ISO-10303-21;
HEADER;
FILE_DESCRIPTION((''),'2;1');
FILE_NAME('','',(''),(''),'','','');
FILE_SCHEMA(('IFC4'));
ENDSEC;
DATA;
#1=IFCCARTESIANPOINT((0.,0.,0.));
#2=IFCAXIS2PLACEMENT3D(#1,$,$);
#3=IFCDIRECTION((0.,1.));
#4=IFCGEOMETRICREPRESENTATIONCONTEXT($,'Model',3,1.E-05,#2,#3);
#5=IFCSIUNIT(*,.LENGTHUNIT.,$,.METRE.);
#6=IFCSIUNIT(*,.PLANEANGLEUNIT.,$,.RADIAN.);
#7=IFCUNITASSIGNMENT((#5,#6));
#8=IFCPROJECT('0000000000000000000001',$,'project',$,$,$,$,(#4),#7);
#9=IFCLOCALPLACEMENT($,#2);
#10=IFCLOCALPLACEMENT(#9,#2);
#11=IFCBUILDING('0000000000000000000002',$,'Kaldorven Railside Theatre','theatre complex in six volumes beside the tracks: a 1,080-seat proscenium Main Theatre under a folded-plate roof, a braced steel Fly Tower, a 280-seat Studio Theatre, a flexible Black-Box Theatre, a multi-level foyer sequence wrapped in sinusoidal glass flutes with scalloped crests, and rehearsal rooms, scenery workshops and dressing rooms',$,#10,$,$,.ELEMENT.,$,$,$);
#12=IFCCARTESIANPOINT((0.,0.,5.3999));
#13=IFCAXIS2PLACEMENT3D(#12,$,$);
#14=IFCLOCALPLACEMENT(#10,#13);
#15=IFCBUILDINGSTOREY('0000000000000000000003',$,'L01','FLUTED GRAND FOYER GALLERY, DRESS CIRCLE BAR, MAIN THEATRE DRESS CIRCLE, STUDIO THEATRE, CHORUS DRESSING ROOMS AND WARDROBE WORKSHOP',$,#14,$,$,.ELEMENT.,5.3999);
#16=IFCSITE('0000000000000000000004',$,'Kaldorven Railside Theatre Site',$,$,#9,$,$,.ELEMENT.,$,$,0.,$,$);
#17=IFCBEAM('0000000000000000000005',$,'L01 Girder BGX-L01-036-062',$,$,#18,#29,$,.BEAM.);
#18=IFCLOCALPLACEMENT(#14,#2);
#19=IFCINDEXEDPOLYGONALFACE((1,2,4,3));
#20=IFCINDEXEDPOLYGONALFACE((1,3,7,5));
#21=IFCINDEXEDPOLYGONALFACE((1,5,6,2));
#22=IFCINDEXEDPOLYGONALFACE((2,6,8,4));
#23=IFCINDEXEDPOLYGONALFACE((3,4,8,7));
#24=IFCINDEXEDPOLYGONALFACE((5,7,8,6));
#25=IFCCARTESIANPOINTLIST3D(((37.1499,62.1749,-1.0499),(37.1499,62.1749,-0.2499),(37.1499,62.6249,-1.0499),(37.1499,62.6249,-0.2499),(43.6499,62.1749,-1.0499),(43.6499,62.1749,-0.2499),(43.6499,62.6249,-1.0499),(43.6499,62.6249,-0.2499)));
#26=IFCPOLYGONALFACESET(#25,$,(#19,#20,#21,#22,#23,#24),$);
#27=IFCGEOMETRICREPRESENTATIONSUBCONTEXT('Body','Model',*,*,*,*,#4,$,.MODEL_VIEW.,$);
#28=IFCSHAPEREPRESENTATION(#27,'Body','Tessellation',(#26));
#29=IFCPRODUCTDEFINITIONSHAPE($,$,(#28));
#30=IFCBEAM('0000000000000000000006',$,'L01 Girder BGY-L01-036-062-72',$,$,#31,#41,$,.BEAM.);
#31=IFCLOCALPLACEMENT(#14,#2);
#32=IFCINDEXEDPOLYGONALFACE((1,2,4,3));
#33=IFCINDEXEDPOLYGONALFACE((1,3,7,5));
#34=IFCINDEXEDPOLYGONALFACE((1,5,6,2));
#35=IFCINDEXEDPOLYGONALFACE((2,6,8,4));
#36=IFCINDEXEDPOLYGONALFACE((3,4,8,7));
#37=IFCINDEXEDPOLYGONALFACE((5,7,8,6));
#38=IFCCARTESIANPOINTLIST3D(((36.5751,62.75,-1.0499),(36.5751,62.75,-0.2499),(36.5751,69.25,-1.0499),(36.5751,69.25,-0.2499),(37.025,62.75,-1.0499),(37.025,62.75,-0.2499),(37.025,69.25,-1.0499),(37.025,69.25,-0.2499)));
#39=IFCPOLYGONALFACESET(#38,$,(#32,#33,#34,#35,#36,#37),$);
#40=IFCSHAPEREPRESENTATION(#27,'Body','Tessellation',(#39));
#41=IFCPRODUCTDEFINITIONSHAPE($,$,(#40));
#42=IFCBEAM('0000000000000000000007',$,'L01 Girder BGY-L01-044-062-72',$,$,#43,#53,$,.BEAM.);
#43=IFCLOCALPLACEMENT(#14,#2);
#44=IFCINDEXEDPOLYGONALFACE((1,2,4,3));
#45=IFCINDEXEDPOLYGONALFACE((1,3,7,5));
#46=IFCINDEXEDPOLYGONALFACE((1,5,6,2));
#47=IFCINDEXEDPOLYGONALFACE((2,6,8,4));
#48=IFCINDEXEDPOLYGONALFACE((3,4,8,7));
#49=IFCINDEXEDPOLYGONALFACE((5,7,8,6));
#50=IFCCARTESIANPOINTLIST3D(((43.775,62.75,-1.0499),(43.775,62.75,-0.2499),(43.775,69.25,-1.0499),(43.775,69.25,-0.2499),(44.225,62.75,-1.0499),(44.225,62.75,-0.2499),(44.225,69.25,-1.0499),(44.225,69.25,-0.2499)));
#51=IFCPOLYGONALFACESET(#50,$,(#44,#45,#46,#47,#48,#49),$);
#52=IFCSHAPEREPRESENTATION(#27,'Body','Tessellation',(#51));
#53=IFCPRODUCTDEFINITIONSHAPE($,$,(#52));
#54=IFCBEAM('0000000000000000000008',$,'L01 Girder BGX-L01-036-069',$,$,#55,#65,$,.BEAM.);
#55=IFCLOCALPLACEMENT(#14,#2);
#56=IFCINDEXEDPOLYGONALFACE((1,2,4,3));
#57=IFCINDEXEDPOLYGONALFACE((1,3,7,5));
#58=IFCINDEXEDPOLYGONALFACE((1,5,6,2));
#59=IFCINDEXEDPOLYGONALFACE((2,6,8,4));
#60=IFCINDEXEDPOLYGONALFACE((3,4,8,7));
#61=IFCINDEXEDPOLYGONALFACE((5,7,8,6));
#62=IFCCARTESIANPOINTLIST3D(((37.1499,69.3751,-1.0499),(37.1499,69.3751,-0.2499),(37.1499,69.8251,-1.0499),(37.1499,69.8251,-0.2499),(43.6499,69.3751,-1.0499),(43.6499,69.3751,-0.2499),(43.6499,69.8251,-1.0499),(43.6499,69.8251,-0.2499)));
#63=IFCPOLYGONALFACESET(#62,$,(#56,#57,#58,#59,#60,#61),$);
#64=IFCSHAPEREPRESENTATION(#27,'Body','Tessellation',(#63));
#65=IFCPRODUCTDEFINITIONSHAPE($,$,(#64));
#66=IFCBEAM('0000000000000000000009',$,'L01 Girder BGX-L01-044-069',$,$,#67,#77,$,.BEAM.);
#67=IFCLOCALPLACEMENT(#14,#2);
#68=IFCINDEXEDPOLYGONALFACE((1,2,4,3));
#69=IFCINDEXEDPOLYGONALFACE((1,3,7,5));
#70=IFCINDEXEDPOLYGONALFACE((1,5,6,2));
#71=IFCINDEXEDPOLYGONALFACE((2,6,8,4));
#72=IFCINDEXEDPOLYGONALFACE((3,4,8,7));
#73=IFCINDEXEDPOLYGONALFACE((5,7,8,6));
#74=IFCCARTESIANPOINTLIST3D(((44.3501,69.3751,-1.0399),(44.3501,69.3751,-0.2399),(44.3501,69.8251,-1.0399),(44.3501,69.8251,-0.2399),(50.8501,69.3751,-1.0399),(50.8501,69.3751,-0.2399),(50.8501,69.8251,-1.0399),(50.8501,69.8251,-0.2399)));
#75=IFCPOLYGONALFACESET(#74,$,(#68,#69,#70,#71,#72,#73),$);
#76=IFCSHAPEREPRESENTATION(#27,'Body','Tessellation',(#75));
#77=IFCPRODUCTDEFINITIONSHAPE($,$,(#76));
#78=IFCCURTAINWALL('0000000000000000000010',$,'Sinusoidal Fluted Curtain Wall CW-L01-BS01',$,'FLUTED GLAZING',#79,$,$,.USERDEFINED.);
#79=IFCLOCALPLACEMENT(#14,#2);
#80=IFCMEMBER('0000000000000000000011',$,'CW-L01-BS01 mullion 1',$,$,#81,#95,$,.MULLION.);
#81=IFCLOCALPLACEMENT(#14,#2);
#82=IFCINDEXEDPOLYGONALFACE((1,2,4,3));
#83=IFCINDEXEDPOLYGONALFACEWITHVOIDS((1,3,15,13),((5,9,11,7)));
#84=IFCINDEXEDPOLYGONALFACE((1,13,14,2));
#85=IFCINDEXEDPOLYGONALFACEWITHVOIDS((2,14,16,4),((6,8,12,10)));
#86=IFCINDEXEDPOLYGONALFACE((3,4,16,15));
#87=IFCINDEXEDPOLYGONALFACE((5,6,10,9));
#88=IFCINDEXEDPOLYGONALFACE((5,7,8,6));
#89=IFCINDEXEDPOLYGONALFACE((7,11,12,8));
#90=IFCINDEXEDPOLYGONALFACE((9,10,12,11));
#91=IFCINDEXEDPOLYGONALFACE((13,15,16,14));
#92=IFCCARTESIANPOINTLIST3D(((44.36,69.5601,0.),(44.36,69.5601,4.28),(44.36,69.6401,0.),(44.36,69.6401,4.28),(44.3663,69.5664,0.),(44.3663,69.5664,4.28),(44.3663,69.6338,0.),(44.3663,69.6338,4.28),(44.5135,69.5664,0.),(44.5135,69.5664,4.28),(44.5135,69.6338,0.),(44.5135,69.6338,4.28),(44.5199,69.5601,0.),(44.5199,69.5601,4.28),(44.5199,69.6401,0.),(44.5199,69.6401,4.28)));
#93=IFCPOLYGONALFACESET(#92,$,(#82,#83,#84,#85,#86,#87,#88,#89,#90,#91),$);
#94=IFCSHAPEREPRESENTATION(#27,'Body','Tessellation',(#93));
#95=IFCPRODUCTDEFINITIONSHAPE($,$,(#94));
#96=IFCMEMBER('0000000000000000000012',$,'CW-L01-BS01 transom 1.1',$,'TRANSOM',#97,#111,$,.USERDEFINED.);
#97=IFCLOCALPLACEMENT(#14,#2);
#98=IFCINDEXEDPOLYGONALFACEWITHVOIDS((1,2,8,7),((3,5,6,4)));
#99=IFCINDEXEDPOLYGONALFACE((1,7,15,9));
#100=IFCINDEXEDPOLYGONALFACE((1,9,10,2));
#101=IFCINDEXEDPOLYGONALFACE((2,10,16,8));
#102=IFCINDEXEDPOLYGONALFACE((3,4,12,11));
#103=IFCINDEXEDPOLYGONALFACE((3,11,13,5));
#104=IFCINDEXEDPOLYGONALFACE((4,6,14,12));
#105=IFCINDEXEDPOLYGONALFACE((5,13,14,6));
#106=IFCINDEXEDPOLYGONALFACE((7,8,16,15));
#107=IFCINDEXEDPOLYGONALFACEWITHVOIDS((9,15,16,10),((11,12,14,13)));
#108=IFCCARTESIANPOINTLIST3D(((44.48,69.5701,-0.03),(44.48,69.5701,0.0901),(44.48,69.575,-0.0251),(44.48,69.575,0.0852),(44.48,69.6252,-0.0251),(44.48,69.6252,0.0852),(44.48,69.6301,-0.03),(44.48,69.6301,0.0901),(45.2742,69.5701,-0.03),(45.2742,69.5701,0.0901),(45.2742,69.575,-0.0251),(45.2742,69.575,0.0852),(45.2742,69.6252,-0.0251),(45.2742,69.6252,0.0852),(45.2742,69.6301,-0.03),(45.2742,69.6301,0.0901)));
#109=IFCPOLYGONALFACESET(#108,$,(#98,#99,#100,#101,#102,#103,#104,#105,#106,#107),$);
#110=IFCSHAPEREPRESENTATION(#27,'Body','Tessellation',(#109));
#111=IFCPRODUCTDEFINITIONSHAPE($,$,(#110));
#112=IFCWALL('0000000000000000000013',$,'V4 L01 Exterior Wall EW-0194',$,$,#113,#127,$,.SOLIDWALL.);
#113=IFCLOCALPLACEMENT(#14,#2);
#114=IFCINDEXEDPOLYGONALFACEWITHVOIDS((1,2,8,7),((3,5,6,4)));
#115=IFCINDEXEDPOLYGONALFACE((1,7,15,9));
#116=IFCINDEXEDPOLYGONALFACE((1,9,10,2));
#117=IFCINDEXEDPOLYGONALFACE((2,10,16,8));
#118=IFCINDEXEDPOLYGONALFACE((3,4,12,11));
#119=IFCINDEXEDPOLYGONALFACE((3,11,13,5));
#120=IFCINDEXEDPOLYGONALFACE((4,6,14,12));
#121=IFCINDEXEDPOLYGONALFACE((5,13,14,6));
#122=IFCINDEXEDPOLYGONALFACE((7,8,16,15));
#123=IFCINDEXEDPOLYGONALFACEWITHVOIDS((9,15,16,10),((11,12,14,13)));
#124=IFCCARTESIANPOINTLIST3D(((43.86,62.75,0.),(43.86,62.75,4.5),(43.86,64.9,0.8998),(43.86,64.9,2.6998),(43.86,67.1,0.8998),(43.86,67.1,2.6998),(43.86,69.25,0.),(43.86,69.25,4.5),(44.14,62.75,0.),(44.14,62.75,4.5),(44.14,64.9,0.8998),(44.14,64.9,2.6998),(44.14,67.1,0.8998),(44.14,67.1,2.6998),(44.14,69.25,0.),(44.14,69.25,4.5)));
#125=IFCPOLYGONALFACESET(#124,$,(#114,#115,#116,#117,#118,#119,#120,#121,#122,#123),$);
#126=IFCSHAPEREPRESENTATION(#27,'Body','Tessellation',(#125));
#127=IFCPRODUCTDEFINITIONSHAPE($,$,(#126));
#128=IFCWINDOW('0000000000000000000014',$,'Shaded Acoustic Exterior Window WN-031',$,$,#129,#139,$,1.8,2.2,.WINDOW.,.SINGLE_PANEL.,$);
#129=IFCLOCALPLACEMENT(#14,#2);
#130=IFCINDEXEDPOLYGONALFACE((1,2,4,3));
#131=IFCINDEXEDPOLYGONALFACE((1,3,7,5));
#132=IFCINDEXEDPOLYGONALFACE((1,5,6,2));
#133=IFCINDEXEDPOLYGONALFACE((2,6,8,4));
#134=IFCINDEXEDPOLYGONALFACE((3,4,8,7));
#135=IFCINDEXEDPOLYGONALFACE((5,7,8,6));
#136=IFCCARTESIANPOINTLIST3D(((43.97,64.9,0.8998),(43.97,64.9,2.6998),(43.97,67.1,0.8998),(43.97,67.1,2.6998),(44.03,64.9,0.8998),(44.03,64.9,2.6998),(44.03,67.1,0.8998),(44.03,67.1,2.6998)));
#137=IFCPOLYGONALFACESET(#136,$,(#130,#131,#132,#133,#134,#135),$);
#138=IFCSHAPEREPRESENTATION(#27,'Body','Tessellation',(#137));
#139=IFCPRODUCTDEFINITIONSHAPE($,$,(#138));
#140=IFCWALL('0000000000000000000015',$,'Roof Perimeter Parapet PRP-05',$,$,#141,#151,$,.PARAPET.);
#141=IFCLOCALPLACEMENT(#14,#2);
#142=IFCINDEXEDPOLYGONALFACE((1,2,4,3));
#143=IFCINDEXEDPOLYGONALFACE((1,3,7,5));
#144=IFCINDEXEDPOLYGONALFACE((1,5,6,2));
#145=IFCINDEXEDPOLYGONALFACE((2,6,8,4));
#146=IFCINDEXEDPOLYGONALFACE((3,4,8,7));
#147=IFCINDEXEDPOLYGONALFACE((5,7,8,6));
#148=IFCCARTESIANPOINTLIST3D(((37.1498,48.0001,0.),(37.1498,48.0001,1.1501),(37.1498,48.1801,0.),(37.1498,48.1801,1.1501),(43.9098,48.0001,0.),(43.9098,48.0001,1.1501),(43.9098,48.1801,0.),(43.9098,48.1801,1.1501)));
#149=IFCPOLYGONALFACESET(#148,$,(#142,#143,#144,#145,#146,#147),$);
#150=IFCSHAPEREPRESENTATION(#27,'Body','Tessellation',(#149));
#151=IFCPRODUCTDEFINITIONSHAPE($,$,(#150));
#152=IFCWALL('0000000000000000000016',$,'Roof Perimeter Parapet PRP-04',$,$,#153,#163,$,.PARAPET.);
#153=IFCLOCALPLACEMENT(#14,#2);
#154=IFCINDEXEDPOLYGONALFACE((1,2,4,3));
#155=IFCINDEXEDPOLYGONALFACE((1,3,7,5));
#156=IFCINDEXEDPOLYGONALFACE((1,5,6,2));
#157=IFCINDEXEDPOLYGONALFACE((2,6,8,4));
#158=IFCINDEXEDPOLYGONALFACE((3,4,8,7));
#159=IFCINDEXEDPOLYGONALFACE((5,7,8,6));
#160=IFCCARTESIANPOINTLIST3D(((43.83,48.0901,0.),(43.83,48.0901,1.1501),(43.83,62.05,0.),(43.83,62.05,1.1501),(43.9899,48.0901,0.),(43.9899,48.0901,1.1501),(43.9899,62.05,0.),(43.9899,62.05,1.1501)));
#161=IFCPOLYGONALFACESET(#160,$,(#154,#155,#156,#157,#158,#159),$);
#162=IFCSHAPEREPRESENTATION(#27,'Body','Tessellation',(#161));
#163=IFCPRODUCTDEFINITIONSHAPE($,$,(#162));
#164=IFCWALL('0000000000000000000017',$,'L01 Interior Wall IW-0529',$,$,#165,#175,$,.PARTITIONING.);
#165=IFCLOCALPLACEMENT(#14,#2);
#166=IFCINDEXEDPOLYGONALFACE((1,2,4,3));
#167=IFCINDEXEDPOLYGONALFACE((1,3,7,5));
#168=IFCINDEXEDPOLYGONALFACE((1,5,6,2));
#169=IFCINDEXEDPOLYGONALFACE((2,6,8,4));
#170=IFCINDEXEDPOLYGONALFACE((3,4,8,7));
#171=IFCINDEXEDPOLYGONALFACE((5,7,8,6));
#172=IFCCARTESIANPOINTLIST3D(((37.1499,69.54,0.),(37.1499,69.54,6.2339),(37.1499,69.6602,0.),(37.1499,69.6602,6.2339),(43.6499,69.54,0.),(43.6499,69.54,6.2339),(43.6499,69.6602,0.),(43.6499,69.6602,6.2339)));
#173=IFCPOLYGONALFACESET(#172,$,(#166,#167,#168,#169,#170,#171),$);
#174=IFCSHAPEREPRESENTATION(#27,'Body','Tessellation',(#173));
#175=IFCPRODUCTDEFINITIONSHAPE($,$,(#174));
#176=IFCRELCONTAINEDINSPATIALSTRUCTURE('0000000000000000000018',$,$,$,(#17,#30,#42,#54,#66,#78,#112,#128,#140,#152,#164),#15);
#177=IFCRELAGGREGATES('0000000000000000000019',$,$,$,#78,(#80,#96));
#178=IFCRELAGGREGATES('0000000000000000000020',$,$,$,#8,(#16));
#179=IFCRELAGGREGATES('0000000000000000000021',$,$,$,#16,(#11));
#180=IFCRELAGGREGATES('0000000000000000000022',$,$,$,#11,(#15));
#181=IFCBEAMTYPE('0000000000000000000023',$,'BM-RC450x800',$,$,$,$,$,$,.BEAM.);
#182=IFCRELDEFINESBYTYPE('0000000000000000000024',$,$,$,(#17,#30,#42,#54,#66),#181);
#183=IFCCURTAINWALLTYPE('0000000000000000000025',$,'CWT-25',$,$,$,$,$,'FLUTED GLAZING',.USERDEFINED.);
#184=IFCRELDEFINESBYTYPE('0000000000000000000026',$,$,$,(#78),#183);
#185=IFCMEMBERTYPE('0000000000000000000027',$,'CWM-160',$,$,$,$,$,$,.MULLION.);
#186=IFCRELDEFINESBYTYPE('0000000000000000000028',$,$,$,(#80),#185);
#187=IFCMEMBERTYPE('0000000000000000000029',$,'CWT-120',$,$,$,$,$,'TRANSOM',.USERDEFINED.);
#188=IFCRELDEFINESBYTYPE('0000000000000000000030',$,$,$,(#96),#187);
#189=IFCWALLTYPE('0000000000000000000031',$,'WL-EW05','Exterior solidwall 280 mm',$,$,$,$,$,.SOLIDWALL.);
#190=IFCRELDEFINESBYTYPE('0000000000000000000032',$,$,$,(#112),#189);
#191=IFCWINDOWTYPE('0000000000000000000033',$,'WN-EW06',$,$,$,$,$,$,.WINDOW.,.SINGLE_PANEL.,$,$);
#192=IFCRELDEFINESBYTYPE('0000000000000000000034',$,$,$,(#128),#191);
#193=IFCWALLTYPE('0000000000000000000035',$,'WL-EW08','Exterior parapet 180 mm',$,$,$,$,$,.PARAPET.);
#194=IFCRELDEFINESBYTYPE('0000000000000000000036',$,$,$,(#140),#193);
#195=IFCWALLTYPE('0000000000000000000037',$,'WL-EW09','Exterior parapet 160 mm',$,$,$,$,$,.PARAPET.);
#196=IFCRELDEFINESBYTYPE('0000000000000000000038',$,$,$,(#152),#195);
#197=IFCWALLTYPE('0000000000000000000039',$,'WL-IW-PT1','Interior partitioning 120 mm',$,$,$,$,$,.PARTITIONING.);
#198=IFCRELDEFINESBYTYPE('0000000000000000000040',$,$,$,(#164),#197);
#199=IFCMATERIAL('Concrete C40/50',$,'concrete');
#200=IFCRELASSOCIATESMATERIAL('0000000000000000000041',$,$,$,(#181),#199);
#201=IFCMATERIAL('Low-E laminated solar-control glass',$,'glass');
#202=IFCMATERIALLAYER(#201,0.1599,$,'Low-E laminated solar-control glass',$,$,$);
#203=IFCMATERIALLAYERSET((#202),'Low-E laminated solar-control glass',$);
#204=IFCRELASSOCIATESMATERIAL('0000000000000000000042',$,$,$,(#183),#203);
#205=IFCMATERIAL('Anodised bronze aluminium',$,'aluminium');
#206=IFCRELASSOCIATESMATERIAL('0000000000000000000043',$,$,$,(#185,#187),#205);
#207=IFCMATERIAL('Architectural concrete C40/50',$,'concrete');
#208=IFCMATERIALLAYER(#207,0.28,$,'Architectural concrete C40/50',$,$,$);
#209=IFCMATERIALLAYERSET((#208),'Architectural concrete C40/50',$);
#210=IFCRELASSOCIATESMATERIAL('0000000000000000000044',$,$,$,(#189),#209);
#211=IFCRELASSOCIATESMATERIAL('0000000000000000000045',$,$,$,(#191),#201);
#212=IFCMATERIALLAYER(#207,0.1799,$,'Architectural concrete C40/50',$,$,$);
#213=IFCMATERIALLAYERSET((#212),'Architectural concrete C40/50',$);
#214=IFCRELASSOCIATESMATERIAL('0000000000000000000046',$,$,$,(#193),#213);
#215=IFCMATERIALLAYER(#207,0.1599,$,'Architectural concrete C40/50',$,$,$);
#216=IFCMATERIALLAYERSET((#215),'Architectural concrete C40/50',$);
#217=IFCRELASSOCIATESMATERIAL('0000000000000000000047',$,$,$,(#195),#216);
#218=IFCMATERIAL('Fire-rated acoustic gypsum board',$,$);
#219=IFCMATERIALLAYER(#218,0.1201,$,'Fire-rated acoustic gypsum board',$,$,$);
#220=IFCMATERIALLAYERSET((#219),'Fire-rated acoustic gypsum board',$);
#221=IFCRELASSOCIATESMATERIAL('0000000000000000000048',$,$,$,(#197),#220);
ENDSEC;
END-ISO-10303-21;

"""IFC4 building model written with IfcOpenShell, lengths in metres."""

from ifc_helpers import new_model, si_unit, direction, frame, frame_2d, origin, origin_2d, place, context, subcontext, project, spatial, rectangle, hollow_rectangle, extrude, material, layer, layer_set, material_profile, profile_set, type_object, element, fill, aggregate, save


model = new_model("IFC4")

# Units and contexts
model_context = context("Model", 3, precision=1e-05, world=origin(), true_north=direction((0.0, 1.0)))
body_context = subcontext(model_context, "Body", "Model", "MODEL_VIEW")
ifc_project = project(units=[si_unit("LENGTHUNIT", "METRE"), si_unit("PLANEANGLEUNIT", "RADIAN")], contexts=[model_context])

# Site, building, storey
site_placement = place(None, origin())
site = spatial("IfcSite", under=ifc_project, at=site_placement, Name="Kaldorven Railside Theatre Site", CompositionType="ELEMENT", RefElevation=0.0)
building_placement = place(site_placement, origin())
building = spatial("IfcBuilding", under=site, at=building_placement, Name="Kaldorven Railside Theatre", Description="theatre complex in six volumes beside the tracks: a 1,080-seat proscenium Main Theatre under a folded-plate roof, a braced steel Fly Tower, a 280-seat Studio Theatre, a flexible Black-Box Theatre, a multi-level foyer sequence wrapped in sinusoidal glass flutes with scalloped crests, and rehearsal rooms, scenery workshops and dressing rooms", CompositionType="ELEMENT")
storey_placement = place(building_placement, frame((0.0, 0.0, 5.3999)))
storey = spatial("IfcBuildingStorey", under=building, at=storey_placement, Name="L01", Description="FLUTED GRAND FOYER GALLERY, DRESS CIRCLE BAR, MAIN THEATRE DRESS CIRCLE, STUDIO THEATRE, CHORUS DRESSING ROOMS AND WARDROBE WORKSHOP", CompositionType="ELEMENT", Elevation=5.3999)

# Shared definitions
ifc_material_1 = material(Name="Concrete C40/50", Category="concrete")

# Beams
ifc_material_profile_1 = material_profile(ifc_material_1, rectangle(XDim=0.45, YDim=0.8, at=origin_2d()), Name="RC 450x800")
ifc_profile_set_1 = profile_set([ifc_material_profile_1], Name="Concrete C40/50")
beam_type_1 = type_object("IfcBeamType", Name="BM-RC450x800", PredefinedType="BEAM", material=ifc_profile_set_1)
for number, where, z_axis, x_axis, name in (
    (1, (37.1499, 62.3999, -0.6499), (1.0, 0.0, 0.0), (0.0, 1.0, 0.0), "L01 Girder BGX-L01-036-062"),
    (2, (36.8, 62.75, -0.6499), (0.0, 1.0, 0.0), (-1.0, 0.0, 0.0), "L01 Girder BGY-L01-036-062-72"),
    (3, (44.0, 62.75, -0.6499), (0.0, 1.0, 0.0), (-1.0, 0.0, 0.0), "L01 Girder BGY-L01-044-062-72"),
    (4, (37.1499, 69.6001, -0.6499), (1.0, 0.0, 0.0), (0.0, 1.0, 0.0), "L01 Girder BGX-L01-036-069"),
    (5, (44.3501, 69.6001, -0.6399), (1.0, 0.0, 0.0), (0.0, 1.0, 0.0), "L01 Girder BGX-L01-044-069"),
):
    element("IfcBeam", number, at=place(storey_placement, frame(where, z_axis=z_axis, x_axis=x_axis)), inside=storey, type_object=beam_type_1, Name=name, PredefinedType="BEAM", context=body_context, shape_type="SweptSolid", body=[
        extrude(rectangle(XDim=0.45, YDim=0.8, at=origin_2d()), origin(), (0.0, 0.0, 1.0), 6.5),
    ])

# Curtain wall, members
ifc_material_2 = material(Name="Low-E laminated solar-control glass", Category="glass")
ifc_layer_1 = layer(ifc_material_2, 0.1599, Name="Low-E laminated solar-control glass")
ifc_layer_set_1 = layer_set([ifc_layer_1], Name="Low-E laminated solar-control glass")
curtain_wall_type = type_object("IfcCurtainWallType", Name="CWT-25", ElementType="FLUTED GLAZING", PredefinedType="USERDEFINED", material=ifc_layer_set_1)
curtain_wall_placement = place(storey_placement, origin())
curtain_wall = element("IfcCurtainWall", 6, at=curtain_wall_placement, inside=storey, type_object=curtain_wall_type, Name="Sinusoidal Fluted Curtain Wall CW-L01-BS01", ObjectType="FLUTED GLAZING", PredefinedType="USERDEFINED")
ifc_material_3 = material(Name="Anodised bronze aluminium", Category="aluminium")
ifc_material_profile_2 = material_profile(ifc_material_3, hollow_rectangle(XDim=0.0801, YDim=0.1599, WallThickness=0.0063, at=origin_2d()), Name="RHS 160x80x6.3")
ifc_profile_set_2 = profile_set([ifc_material_profile_2], Name="Anodised bronze aluminium")
member_type_1 = type_object("IfcMemberType", Name="CWM-160", PredefinedType="MULLION", material=ifc_profile_set_2)
member_1_placement = place(storey_placement, frame((44.4399, 69.6001, 0.0), z_axis=(0.0, 0.0, 1.0), x_axis=(0.0, 1.0, 0.0)))
member_1 = element("IfcMember", 7, at=member_1_placement, type_object=member_type_1, Name="CW-L01-BS01 mullion 1", PredefinedType="MULLION", context=body_context, shape_type="SweptSolid", body=[
    extrude(hollow_rectangle(XDim=0.0801, YDim=0.1599, WallThickness=0.0063, at=origin_2d()), origin(), (0.0, 0.0, 1.0), 4.28),
])
ifc_material_profile_3 = material_profile(ifc_material_3, hollow_rectangle(XDim=0.0601, YDim=0.1201, WallThickness=0.0049, at=origin_2d()), Name="RHS 120x60x5")
ifc_profile_set_3 = profile_set([ifc_material_profile_3], Name="Anodised bronze aluminium")
member_type_2 = type_object("IfcMemberType", Name="CWT-120", ElementType="TRANSOM", PredefinedType="USERDEFINED", material=ifc_profile_set_3)
member_2_placement = place(storey_placement, frame((44.48, 69.6001, 0.03), z_axis=(1.0, 0.0, 0.0), x_axis=(0.0, 1.0, 0.0)))
member_2 = element("IfcMember", 8, at=member_2_placement, type_object=member_type_2, Name="CW-L01-BS01 transom 1.1", ObjectType="TRANSOM", PredefinedType="USERDEFINED", context=body_context, shape_type="SweptSolid", body=[
    extrude(hollow_rectangle(XDim=0.0601, YDim=0.1201, WallThickness=0.0049, at=origin_2d()), origin(), (0.0, 0.0, 1.0), 0.7942),
])
aggregate(curtain_wall, [member_1, member_2])

# Wall, opening, window
ifc_material_4 = material(Name="Architectural concrete C40/50", Category="concrete")
ifc_layer_2 = layer(ifc_material_4, 0.28, Name="Architectural concrete C40/50")
ifc_layer_set_2 = layer_set([ifc_layer_2], Name="Architectural concrete C40/50")
wall_type_1 = type_object("IfcWallType", Name="WL-EW05", Description="Exterior solidwall 280 mm", PredefinedType="SOLIDWALL", material=ifc_layer_set_2)
wall_1_placement = place(storey_placement, frame((44.0, 69.25, 0.0), z_axis=(0.0, 0.0, 1.0), x_axis=(0.0, -1.0, 0.0)))
wall_1 = element("IfcWall", 9, at=wall_1_placement, inside=storey, type_object=wall_type_1, Name="V4 L01 Exterior Wall EW-0194", PredefinedType="SOLIDWALL", context=body_context, shape_type="SweptSolid", body=[
    extrude(rectangle(XDim=6.5, YDim=0.28, at=frame_2d((3.25, 0.0))), origin(), (0.0, 0.0, 1.0), 4.5),
])
opening_1_placement = place(wall_1_placement, frame((2.1499, 0.0, 0.8999)))
opening_1 = element("IfcOpeningElement", 10, at=opening_1_placement, cuts=wall_1, PredefinedType="OPENING", context=body_context, shape_type="SweptSolid", body=[
    extrude(rectangle(XDim=2.2, YDim=1.8, at=frame_2d((1.1001, 0.8999))), frame((0.0, 0.1499, 0.0), z_axis=(0.0, -1.0, 0.0), x_axis=(1.0, 0.0, 0.0)), (0.0, 0.0, 1.0), 0.3),
])
window_type = type_object("IfcWindowType", Name="WN-EW06", PartitioningType="SINGLE_PANEL", PredefinedType="WINDOW", material=ifc_material_2)
window_placement = place(opening_1_placement, origin())
window = element("IfcWindow", 11, at=window_placement, inside=storey, type_object=window_type, Name="Shaded Acoustic Exterior Window WN-031", OverallHeight=1.8, OverallWidth=2.2, PartitioningType="SINGLE_PANEL", PredefinedType="WINDOW", context=body_context, shape_type="SweptSolid", body=[
    extrude(rectangle(XDim=2.2, YDim=1.8, at=frame_2d((1.1001, 0.8999))), frame((0.0, 0.03, 0.0), z_axis=(0.0, -1.0, 0.0), x_axis=(1.0, 0.0, 0.0)), (0.0, 0.0, 1.0), 0.0601),
])
fill(opening_1, window)

# Walls
ifc_layer_3 = layer(ifc_material_4, 0.1799, Name="Architectural concrete C40/50")
ifc_layer_set_3 = layer_set([ifc_layer_3], Name="Architectural concrete C40/50")
wall_type_2 = type_object("IfcWallType", Name="WL-EW08", Description="Exterior parapet 180 mm", PredefinedType="PARAPET", material=ifc_layer_set_3)
wall_2_placement = place(storey_placement, frame((37.1499, 48.0901, 0.0), z_axis=(0.0, 0.0, 1.0), x_axis=(1.0, 0.0, 0.0)))
element("IfcWall", 12, at=wall_2_placement, inside=storey, type_object=wall_type_2, Name="Roof Perimeter Parapet PRP-05", PredefinedType="PARAPET", context=body_context, shape_type="SweptSolid", body=[
    extrude(rectangle(XDim=6.76, YDim=0.1799, at=frame_2d((3.3799, 0.0))), origin(), (0.0, 0.0, 1.0), 1.1501),
])
ifc_layer_4 = layer(ifc_material_4, 0.1599, Name="Architectural concrete C40/50")
ifc_layer_set_4 = layer_set([ifc_layer_4], Name="Architectural concrete C40/50")
wall_type_3 = type_object("IfcWallType", Name="WL-EW09", Description="Exterior parapet 160 mm", PredefinedType="PARAPET", material=ifc_layer_set_4)
wall_3_placement = place(storey_placement, frame((43.9099, 48.0901, 0.0), z_axis=(0.0, 0.0, 1.0), x_axis=(0.0, 1.0, 0.0)))
element("IfcWall", 13, at=wall_3_placement, inside=storey, type_object=wall_type_3, Name="Roof Perimeter Parapet PRP-04", PredefinedType="PARAPET", context=body_context, shape_type="SweptSolid", body=[
    extrude(rectangle(XDim=13.96, YDim=0.1599, at=frame_2d((6.98, 0.0))), origin(), (0.0, 0.0, 1.0), 1.1501),
])
ifc_material_5 = material(Name="Fire-rated acoustic gypsum board")
ifc_layer_5 = layer(ifc_material_5, 0.1201, Name="Fire-rated acoustic gypsum board")
ifc_layer_set_5 = layer_set([ifc_layer_5], Name="Fire-rated acoustic gypsum board")
wall_type_4 = type_object("IfcWallType", Name="WL-IW-PT1", Description="Interior partitioning 120 mm", PredefinedType="PARTITIONING", material=ifc_layer_set_5)
wall_4_placement = place(storey_placement, frame((43.6499, 69.6001, 0.0), z_axis=(0.0, 0.0, 1.0), x_axis=(-1.0, 0.0, 0.0)))
element("IfcWall", 14, at=wall_4_placement, inside=storey, type_object=wall_type_4, Name="L01 Interior Wall IW-0529", PredefinedType="PARTITIONING", context=body_context, shape_type="SweptSolid", body=[
    extrude(rectangle(XDim=6.5, YDim=0.1201, at=frame_2d((3.25, 0.0))), origin(), (0.0, 0.0, 1.0), 6.2339),
])

save(model, "model.ifc")
